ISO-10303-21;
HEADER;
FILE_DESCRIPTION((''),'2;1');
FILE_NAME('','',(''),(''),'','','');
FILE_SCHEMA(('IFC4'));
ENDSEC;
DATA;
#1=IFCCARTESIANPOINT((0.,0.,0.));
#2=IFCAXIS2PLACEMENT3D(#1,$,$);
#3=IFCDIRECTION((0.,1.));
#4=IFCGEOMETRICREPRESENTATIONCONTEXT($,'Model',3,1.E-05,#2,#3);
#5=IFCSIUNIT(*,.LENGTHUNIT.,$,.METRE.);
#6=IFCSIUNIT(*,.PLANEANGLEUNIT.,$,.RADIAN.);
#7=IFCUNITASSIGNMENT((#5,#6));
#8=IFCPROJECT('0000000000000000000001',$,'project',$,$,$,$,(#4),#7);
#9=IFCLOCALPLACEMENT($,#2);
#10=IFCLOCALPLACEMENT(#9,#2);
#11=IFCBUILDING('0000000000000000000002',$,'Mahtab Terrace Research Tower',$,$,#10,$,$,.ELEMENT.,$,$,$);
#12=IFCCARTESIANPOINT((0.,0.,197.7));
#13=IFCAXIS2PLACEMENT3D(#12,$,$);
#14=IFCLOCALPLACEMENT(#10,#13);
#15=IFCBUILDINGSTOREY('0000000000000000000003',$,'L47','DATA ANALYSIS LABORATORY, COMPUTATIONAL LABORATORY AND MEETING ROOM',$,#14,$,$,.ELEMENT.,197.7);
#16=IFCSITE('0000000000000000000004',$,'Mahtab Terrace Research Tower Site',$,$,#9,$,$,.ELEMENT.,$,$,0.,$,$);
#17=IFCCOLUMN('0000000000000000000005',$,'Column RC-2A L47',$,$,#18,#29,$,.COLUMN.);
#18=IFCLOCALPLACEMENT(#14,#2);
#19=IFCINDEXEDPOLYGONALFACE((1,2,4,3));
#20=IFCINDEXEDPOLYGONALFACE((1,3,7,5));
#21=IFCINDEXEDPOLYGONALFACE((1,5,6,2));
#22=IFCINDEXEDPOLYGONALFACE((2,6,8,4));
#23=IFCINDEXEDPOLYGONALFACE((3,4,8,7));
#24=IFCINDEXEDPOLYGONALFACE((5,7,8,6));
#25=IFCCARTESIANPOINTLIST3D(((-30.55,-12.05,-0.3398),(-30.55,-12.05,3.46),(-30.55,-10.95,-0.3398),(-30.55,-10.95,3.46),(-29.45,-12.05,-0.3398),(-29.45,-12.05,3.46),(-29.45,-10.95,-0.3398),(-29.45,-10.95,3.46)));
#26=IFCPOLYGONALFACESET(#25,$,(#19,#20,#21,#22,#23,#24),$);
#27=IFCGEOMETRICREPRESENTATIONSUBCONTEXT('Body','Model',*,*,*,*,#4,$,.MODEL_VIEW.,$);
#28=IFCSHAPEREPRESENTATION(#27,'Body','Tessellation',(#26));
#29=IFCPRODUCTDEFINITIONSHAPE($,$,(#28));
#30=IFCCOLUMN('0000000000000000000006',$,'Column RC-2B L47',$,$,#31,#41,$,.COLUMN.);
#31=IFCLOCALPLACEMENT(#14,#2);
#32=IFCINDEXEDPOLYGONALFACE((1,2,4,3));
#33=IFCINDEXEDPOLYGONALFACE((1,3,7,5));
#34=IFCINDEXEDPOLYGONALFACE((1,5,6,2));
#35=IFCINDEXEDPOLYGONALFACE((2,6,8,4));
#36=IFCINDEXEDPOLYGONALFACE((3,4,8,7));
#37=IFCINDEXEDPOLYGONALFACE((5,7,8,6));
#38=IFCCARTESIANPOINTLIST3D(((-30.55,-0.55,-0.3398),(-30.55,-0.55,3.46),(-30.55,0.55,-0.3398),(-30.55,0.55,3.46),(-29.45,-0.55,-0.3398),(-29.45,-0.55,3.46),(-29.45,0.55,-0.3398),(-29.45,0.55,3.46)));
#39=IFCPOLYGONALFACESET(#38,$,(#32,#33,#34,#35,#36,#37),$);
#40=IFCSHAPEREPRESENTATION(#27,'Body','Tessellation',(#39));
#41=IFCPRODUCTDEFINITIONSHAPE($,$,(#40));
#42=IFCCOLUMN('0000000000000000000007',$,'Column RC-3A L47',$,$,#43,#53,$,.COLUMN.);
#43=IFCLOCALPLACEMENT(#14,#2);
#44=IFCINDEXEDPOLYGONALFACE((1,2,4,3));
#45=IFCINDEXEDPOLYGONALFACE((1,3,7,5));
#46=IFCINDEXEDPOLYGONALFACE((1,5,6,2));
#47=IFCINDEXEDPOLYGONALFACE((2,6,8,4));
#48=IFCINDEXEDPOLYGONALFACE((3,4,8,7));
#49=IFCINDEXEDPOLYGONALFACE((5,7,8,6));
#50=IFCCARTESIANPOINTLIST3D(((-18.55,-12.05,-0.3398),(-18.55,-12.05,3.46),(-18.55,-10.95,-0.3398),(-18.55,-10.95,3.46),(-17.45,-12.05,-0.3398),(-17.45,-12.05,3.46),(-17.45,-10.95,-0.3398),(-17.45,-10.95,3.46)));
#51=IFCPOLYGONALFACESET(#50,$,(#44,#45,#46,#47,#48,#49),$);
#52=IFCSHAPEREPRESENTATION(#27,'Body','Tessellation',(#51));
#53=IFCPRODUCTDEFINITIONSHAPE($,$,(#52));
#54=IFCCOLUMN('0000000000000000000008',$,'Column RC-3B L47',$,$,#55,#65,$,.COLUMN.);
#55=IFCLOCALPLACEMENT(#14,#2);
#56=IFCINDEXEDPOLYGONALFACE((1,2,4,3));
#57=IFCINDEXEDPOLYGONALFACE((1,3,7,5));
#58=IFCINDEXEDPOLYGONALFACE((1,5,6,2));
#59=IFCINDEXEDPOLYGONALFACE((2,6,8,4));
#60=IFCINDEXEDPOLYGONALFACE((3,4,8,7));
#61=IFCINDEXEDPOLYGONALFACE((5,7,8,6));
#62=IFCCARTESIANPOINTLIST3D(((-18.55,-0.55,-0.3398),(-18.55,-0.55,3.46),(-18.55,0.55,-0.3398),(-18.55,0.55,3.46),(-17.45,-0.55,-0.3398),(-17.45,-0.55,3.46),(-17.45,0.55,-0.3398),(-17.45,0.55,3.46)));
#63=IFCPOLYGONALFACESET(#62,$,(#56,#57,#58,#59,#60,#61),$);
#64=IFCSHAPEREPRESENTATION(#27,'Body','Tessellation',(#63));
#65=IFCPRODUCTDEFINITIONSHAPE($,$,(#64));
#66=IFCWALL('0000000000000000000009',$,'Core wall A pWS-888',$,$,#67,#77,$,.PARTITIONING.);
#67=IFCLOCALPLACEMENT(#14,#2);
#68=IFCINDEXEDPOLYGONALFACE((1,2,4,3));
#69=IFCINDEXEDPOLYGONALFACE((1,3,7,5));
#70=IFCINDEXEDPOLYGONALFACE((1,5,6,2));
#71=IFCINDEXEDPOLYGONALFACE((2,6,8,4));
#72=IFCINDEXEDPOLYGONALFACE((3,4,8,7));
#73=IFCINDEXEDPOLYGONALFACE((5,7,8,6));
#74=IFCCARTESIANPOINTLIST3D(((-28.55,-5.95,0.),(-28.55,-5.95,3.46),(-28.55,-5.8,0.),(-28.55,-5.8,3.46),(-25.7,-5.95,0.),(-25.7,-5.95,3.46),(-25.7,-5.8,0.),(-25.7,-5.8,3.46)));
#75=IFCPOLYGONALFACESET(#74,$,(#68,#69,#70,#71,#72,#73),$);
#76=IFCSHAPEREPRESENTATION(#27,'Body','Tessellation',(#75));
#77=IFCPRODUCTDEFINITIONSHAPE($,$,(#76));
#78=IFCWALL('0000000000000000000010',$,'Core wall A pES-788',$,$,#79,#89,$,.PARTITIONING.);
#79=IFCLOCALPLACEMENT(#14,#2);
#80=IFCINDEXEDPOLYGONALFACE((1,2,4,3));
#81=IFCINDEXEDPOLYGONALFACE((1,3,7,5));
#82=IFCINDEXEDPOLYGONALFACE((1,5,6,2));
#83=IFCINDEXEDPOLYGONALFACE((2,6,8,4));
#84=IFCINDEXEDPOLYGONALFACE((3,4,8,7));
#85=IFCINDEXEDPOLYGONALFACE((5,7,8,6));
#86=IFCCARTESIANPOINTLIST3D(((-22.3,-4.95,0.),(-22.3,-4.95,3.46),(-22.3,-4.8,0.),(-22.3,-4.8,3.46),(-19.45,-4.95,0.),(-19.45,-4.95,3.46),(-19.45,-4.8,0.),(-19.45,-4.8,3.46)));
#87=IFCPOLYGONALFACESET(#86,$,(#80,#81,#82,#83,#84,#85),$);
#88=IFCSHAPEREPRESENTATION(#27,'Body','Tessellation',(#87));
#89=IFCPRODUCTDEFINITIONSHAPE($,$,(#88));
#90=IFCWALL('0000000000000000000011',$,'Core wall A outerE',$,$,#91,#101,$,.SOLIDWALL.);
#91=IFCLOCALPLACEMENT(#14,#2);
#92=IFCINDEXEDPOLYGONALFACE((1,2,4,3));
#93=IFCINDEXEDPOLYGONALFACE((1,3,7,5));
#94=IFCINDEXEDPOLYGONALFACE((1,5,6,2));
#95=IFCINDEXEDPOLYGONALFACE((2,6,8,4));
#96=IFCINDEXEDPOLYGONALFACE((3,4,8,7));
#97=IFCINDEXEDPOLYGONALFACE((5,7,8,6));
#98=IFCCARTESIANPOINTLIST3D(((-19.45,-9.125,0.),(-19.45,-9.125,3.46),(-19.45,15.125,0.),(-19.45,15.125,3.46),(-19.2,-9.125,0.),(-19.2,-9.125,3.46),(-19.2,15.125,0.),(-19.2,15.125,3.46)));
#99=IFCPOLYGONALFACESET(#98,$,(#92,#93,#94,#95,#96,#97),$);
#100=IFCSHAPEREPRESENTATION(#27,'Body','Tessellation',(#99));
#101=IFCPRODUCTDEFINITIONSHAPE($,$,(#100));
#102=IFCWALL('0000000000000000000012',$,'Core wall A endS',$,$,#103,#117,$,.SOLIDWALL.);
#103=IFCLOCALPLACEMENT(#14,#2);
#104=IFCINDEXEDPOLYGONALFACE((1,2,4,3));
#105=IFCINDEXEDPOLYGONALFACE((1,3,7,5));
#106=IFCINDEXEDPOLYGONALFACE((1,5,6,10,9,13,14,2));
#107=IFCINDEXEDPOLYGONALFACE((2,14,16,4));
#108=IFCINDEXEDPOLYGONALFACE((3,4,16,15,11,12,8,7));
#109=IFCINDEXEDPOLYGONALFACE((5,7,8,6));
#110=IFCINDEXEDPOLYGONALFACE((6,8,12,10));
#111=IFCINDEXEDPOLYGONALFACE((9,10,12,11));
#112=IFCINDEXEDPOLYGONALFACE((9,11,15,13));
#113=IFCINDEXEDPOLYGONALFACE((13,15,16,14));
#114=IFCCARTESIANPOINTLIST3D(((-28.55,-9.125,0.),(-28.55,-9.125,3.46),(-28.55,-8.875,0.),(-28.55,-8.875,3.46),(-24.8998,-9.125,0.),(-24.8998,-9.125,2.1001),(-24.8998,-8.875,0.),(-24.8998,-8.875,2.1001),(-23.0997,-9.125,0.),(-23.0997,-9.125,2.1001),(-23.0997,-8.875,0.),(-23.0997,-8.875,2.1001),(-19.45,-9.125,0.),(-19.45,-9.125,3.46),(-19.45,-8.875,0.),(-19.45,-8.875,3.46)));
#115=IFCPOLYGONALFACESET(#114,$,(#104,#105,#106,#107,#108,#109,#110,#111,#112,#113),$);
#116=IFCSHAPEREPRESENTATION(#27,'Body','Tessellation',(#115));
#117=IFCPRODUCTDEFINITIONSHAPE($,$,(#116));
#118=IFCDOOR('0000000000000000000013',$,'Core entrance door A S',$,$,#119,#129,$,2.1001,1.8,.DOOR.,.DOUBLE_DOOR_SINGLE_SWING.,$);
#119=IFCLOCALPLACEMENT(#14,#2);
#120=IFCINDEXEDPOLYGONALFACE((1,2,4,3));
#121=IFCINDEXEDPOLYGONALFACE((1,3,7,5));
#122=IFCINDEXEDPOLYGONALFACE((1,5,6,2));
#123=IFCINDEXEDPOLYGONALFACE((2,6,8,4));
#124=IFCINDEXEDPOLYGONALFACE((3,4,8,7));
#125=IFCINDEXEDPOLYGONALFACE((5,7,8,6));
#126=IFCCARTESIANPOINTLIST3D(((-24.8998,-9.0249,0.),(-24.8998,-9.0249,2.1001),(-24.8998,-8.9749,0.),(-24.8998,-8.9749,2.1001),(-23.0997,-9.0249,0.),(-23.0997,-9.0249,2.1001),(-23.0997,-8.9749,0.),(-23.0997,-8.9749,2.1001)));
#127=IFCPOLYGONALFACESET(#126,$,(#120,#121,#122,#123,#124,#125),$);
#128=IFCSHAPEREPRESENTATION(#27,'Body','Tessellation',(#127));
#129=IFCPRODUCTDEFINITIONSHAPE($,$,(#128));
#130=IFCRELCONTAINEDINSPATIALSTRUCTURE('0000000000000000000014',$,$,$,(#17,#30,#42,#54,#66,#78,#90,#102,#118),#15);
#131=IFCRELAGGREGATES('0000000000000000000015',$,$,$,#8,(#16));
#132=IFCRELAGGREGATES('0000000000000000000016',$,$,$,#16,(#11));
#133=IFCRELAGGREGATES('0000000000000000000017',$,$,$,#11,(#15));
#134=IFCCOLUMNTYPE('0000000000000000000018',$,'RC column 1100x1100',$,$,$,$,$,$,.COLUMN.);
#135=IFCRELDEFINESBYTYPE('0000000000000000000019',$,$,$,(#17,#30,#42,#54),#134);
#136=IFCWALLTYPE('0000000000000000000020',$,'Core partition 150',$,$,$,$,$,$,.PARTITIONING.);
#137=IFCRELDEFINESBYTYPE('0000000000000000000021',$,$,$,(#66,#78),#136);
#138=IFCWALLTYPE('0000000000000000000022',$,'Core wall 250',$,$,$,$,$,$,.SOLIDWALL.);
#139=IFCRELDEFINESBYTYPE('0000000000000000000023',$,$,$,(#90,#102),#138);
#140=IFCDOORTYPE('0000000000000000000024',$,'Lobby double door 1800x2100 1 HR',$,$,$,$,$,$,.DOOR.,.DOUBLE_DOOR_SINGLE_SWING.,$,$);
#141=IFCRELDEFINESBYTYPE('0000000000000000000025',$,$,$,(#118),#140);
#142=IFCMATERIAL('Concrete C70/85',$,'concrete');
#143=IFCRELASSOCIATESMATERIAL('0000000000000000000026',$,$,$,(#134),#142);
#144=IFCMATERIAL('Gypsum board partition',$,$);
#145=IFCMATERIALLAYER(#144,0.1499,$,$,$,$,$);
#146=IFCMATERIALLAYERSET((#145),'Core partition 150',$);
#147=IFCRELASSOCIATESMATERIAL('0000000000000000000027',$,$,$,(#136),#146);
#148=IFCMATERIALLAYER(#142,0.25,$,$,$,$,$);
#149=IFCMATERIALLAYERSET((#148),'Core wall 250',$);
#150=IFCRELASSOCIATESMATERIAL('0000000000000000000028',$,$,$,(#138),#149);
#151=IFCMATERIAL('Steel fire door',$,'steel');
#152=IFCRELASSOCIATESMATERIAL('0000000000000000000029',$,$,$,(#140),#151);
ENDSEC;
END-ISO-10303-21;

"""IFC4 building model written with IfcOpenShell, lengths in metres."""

from ifc_helpers import new_model, si_unit, direction, frame, frame_2d, origin, origin_2d, place, context, subcontext, project, spatial, rectangle, extrude, material, layer, layer_set, material_profile, profile_set, type_object, element, fill, save


model = new_model("IFC4")

# Units and contexts
model_context = context("Model", 3, precision=1e-05, world=origin(), true_north=direction((0.0, 1.0)))
body_context = subcontext(model_context, "Body", "Model", "MODEL_VIEW")
ifc_project = project(units=[si_unit("LENGTHUNIT", "METRE"), si_unit("PLANEANGLEUNIT", "RADIAN")], contexts=[model_context])

# Site, building, storey
site_placement = place(None, origin())
site = spatial("IfcSite", under=ifc_project, at=site_placement, Name="Mahtab Terrace Research Tower Site", CompositionType="ELEMENT", RefElevation=0.0)
building_placement = place(site_placement, origin())
building = spatial("IfcBuilding", under=site, at=building_placement, Name="Mahtab Terrace Research Tower", CompositionType="ELEMENT")
storey_placement = place(building_placement, frame((0.0, 0.0, 197.7)))
storey = spatial("IfcBuildingStorey", under=building, at=storey_placement, Name="L47", Description="DATA ANALYSIS LABORATORY, COMPUTATIONAL LABORATORY AND MEETING ROOM", CompositionType="ELEMENT", Elevation=197.7)

# Columns
ifc_material_1 = material(Name="Concrete C70/85", Category="concrete")
ifc_material_profile = material_profile(ifc_material_1, rectangle(XDim=1.1001, YDim=1.1001, at=origin_2d()), Name="RC column 1100x1100")
ifc_profile_set = profile_set([ifc_material_profile], Name="Concrete C70/85")
column_type = type_object("IfcColumnType", Name="RC column 1100x1100", PredefinedType="COLUMN", material=ifc_profile_set)
for number, where, z_axis, x_axis, name in (
    (1, (-30.0, -11.5, -0.3398), (0.0, 0.0, 1.0), (1.0, 0.0, 0.0), "Column RC-2A L47"),
    (2, (-30.0, 0.0, -0.3398), (0.0, 0.0, 1.0), (1.0, 0.0, 0.0), "Column RC-2B L47"),
    (3, (-18.0, -11.5, -0.3398), (0.0, 0.0, 1.0), (1.0, 0.0, 0.0), "Column RC-3A L47"),
    (4, (-18.0, 0.0, -0.3398), (0.0, 0.0, 1.0), (1.0, 0.0, 0.0), "Column RC-3B L47"),
):
    element("IfcColumn", number, at=place(storey_placement, frame(where, z_axis=z_axis, x_axis=x_axis)), inside=storey, type_object=column_type, Name=name, PredefinedType="COLUMN", context=body_context, shape_type="SweptSolid", body=[
        extrude(rectangle(XDim=1.1001, YDim=1.1001, at=origin_2d()), origin(), (0.0, 0.0, 1.0), 3.7998),
    ])

# Walls
ifc_material_2 = material(Name="Gypsum board partition")
ifc_layer_1 = layer(ifc_material_2, 0.1499)
ifc_layer_set_1 = layer_set([ifc_layer_1], Name="Core partition 150")
wall_type_1 = type_object("IfcWallType", Name="Core partition 150", PredefinedType="PARTITIONING", material=ifc_layer_set_1)
for number, where, z_axis, x_axis, name in (
    (5, (-28.55, -5.875, 0.0), (0.0, 0.0, 1.0), (1.0, 0.0, 0.0), "Core wall A pWS-888"),
    (6, (-22.3, -4.875, 0.0), (0.0, 0.0, 1.0), (1.0, 0.0, 0.0), "Core wall A pES-788"),
):
    element("IfcWall", number, at=place(storey_placement, frame(where, z_axis=z_axis, x_axis=x_axis)), inside=storey, type_object=wall_type_1, Name=name, PredefinedType="PARTITIONING", context=body_context, shape_type="SweptSolid", body=[
        extrude(rectangle(XDim=2.8501, YDim=0.1499, at=frame_2d((1.425, 0.0))), origin(), (0.0, 0.0, 1.0), 3.46),
    ])
ifc_layer_2 = layer(ifc_material_1, 0.25)
ifc_layer_set_2 = layer_set([ifc_layer_2], Name="Core wall 250")
wall_type_2 = type_object("IfcWallType", Name="Core wall 250", PredefinedType="SOLIDWALL", material=ifc_layer_set_2)
wall_1_placement = place(storey_placement, frame((-19.325, -9.125, 0.0), z_axis=(0.0, 0.0, 1.0), x_axis=(0.0, 1.0, 0.0)))
element("IfcWall", 7, at=wall_1_placement, inside=storey, type_object=wall_type_2, Name="Core wall A outerE", PredefinedType="SOLIDWALL", context=body_context, shape_type="SweptSolid", body=[
    extrude(rectangle(XDim=24.25, YDim=0.25, at=frame_2d((12.125, 0.0))), origin(), (0.0, 0.0, 1.0), 3.46),
])

# Wall, opening, door
wall_2_placement = place(storey_placement, frame((-19.45, -9.0, 0.0), z_axis=(0.0, 0.0, 1.0), x_axis=(-1.0, 0.0, 0.0)))
wall_2 = element("IfcWall", 8, at=wall_2_placement, inside=storey, type_object=wall_type_2, Name="Core wall A endS", PredefinedType="SOLIDWALL", context=body_context, shape_type="SweptSolid", body=[
    extrude(rectangle(XDim=9.1001, YDim=0.25, at=frame_2d((4.55, 0.0))), origin(), (0.0, 0.0, 1.0), 3.46),
])
opening_1_placement = place(wall_2_placement, frame((3.6499, 0.0, 0.0)))
opening_1 = element("IfcOpeningElement", 9, at=opening_1_placement, cuts=wall_2, PredefinedType="OPENING", context=body_context, shape_type="SweptSolid", body=[
    extrude(rectangle(XDim=1.8, YDim=2.1001, at=frame_2d((0.8999, 1.05))), frame((0.0, 0.135, 0.0), z_axis=(0.0, -1.0, 0.0), x_axis=(1.0, 0.0, 0.0)), (0.0, 0.0, 1.0), 0.27),
])
ifc_material_3 = material(Name="Steel fire door", Category="steel")
door_type_1 = type_object("IfcDoorType", Name="Lobby double door 1800x2100 1 HR", OperationType="DOUBLE_DOOR_SINGLE_SWING", PredefinedType="DOOR", material=ifc_material_3)
door_1_placement = place(opening_1_placement, origin())
door_1 = element("IfcDoor", 10, at=door_1_placement, inside=storey, type_object=door_type_1, Name="Core entrance door A S", OperationType="DOUBLE_DOOR_SINGLE_SWING", OverallHeight=2.1001, OverallWidth=1.8, PredefinedType="DOOR", context=body_context, shape_type="SweptSolid", body=[
    extrude(rectangle(XDim=1.8, YDim=2.1001, at=frame_2d((0.8999, 1.05))), frame((0.0, 0.0249, 0.0), z_axis=(0.0, -1.0, 0.0), x_axis=(1.0, 0.0, 0.0)), (0.0, 0.0, 1.0), 0.05),
])
fill(opening_1, door_1)

save(model, "model.ifc")
